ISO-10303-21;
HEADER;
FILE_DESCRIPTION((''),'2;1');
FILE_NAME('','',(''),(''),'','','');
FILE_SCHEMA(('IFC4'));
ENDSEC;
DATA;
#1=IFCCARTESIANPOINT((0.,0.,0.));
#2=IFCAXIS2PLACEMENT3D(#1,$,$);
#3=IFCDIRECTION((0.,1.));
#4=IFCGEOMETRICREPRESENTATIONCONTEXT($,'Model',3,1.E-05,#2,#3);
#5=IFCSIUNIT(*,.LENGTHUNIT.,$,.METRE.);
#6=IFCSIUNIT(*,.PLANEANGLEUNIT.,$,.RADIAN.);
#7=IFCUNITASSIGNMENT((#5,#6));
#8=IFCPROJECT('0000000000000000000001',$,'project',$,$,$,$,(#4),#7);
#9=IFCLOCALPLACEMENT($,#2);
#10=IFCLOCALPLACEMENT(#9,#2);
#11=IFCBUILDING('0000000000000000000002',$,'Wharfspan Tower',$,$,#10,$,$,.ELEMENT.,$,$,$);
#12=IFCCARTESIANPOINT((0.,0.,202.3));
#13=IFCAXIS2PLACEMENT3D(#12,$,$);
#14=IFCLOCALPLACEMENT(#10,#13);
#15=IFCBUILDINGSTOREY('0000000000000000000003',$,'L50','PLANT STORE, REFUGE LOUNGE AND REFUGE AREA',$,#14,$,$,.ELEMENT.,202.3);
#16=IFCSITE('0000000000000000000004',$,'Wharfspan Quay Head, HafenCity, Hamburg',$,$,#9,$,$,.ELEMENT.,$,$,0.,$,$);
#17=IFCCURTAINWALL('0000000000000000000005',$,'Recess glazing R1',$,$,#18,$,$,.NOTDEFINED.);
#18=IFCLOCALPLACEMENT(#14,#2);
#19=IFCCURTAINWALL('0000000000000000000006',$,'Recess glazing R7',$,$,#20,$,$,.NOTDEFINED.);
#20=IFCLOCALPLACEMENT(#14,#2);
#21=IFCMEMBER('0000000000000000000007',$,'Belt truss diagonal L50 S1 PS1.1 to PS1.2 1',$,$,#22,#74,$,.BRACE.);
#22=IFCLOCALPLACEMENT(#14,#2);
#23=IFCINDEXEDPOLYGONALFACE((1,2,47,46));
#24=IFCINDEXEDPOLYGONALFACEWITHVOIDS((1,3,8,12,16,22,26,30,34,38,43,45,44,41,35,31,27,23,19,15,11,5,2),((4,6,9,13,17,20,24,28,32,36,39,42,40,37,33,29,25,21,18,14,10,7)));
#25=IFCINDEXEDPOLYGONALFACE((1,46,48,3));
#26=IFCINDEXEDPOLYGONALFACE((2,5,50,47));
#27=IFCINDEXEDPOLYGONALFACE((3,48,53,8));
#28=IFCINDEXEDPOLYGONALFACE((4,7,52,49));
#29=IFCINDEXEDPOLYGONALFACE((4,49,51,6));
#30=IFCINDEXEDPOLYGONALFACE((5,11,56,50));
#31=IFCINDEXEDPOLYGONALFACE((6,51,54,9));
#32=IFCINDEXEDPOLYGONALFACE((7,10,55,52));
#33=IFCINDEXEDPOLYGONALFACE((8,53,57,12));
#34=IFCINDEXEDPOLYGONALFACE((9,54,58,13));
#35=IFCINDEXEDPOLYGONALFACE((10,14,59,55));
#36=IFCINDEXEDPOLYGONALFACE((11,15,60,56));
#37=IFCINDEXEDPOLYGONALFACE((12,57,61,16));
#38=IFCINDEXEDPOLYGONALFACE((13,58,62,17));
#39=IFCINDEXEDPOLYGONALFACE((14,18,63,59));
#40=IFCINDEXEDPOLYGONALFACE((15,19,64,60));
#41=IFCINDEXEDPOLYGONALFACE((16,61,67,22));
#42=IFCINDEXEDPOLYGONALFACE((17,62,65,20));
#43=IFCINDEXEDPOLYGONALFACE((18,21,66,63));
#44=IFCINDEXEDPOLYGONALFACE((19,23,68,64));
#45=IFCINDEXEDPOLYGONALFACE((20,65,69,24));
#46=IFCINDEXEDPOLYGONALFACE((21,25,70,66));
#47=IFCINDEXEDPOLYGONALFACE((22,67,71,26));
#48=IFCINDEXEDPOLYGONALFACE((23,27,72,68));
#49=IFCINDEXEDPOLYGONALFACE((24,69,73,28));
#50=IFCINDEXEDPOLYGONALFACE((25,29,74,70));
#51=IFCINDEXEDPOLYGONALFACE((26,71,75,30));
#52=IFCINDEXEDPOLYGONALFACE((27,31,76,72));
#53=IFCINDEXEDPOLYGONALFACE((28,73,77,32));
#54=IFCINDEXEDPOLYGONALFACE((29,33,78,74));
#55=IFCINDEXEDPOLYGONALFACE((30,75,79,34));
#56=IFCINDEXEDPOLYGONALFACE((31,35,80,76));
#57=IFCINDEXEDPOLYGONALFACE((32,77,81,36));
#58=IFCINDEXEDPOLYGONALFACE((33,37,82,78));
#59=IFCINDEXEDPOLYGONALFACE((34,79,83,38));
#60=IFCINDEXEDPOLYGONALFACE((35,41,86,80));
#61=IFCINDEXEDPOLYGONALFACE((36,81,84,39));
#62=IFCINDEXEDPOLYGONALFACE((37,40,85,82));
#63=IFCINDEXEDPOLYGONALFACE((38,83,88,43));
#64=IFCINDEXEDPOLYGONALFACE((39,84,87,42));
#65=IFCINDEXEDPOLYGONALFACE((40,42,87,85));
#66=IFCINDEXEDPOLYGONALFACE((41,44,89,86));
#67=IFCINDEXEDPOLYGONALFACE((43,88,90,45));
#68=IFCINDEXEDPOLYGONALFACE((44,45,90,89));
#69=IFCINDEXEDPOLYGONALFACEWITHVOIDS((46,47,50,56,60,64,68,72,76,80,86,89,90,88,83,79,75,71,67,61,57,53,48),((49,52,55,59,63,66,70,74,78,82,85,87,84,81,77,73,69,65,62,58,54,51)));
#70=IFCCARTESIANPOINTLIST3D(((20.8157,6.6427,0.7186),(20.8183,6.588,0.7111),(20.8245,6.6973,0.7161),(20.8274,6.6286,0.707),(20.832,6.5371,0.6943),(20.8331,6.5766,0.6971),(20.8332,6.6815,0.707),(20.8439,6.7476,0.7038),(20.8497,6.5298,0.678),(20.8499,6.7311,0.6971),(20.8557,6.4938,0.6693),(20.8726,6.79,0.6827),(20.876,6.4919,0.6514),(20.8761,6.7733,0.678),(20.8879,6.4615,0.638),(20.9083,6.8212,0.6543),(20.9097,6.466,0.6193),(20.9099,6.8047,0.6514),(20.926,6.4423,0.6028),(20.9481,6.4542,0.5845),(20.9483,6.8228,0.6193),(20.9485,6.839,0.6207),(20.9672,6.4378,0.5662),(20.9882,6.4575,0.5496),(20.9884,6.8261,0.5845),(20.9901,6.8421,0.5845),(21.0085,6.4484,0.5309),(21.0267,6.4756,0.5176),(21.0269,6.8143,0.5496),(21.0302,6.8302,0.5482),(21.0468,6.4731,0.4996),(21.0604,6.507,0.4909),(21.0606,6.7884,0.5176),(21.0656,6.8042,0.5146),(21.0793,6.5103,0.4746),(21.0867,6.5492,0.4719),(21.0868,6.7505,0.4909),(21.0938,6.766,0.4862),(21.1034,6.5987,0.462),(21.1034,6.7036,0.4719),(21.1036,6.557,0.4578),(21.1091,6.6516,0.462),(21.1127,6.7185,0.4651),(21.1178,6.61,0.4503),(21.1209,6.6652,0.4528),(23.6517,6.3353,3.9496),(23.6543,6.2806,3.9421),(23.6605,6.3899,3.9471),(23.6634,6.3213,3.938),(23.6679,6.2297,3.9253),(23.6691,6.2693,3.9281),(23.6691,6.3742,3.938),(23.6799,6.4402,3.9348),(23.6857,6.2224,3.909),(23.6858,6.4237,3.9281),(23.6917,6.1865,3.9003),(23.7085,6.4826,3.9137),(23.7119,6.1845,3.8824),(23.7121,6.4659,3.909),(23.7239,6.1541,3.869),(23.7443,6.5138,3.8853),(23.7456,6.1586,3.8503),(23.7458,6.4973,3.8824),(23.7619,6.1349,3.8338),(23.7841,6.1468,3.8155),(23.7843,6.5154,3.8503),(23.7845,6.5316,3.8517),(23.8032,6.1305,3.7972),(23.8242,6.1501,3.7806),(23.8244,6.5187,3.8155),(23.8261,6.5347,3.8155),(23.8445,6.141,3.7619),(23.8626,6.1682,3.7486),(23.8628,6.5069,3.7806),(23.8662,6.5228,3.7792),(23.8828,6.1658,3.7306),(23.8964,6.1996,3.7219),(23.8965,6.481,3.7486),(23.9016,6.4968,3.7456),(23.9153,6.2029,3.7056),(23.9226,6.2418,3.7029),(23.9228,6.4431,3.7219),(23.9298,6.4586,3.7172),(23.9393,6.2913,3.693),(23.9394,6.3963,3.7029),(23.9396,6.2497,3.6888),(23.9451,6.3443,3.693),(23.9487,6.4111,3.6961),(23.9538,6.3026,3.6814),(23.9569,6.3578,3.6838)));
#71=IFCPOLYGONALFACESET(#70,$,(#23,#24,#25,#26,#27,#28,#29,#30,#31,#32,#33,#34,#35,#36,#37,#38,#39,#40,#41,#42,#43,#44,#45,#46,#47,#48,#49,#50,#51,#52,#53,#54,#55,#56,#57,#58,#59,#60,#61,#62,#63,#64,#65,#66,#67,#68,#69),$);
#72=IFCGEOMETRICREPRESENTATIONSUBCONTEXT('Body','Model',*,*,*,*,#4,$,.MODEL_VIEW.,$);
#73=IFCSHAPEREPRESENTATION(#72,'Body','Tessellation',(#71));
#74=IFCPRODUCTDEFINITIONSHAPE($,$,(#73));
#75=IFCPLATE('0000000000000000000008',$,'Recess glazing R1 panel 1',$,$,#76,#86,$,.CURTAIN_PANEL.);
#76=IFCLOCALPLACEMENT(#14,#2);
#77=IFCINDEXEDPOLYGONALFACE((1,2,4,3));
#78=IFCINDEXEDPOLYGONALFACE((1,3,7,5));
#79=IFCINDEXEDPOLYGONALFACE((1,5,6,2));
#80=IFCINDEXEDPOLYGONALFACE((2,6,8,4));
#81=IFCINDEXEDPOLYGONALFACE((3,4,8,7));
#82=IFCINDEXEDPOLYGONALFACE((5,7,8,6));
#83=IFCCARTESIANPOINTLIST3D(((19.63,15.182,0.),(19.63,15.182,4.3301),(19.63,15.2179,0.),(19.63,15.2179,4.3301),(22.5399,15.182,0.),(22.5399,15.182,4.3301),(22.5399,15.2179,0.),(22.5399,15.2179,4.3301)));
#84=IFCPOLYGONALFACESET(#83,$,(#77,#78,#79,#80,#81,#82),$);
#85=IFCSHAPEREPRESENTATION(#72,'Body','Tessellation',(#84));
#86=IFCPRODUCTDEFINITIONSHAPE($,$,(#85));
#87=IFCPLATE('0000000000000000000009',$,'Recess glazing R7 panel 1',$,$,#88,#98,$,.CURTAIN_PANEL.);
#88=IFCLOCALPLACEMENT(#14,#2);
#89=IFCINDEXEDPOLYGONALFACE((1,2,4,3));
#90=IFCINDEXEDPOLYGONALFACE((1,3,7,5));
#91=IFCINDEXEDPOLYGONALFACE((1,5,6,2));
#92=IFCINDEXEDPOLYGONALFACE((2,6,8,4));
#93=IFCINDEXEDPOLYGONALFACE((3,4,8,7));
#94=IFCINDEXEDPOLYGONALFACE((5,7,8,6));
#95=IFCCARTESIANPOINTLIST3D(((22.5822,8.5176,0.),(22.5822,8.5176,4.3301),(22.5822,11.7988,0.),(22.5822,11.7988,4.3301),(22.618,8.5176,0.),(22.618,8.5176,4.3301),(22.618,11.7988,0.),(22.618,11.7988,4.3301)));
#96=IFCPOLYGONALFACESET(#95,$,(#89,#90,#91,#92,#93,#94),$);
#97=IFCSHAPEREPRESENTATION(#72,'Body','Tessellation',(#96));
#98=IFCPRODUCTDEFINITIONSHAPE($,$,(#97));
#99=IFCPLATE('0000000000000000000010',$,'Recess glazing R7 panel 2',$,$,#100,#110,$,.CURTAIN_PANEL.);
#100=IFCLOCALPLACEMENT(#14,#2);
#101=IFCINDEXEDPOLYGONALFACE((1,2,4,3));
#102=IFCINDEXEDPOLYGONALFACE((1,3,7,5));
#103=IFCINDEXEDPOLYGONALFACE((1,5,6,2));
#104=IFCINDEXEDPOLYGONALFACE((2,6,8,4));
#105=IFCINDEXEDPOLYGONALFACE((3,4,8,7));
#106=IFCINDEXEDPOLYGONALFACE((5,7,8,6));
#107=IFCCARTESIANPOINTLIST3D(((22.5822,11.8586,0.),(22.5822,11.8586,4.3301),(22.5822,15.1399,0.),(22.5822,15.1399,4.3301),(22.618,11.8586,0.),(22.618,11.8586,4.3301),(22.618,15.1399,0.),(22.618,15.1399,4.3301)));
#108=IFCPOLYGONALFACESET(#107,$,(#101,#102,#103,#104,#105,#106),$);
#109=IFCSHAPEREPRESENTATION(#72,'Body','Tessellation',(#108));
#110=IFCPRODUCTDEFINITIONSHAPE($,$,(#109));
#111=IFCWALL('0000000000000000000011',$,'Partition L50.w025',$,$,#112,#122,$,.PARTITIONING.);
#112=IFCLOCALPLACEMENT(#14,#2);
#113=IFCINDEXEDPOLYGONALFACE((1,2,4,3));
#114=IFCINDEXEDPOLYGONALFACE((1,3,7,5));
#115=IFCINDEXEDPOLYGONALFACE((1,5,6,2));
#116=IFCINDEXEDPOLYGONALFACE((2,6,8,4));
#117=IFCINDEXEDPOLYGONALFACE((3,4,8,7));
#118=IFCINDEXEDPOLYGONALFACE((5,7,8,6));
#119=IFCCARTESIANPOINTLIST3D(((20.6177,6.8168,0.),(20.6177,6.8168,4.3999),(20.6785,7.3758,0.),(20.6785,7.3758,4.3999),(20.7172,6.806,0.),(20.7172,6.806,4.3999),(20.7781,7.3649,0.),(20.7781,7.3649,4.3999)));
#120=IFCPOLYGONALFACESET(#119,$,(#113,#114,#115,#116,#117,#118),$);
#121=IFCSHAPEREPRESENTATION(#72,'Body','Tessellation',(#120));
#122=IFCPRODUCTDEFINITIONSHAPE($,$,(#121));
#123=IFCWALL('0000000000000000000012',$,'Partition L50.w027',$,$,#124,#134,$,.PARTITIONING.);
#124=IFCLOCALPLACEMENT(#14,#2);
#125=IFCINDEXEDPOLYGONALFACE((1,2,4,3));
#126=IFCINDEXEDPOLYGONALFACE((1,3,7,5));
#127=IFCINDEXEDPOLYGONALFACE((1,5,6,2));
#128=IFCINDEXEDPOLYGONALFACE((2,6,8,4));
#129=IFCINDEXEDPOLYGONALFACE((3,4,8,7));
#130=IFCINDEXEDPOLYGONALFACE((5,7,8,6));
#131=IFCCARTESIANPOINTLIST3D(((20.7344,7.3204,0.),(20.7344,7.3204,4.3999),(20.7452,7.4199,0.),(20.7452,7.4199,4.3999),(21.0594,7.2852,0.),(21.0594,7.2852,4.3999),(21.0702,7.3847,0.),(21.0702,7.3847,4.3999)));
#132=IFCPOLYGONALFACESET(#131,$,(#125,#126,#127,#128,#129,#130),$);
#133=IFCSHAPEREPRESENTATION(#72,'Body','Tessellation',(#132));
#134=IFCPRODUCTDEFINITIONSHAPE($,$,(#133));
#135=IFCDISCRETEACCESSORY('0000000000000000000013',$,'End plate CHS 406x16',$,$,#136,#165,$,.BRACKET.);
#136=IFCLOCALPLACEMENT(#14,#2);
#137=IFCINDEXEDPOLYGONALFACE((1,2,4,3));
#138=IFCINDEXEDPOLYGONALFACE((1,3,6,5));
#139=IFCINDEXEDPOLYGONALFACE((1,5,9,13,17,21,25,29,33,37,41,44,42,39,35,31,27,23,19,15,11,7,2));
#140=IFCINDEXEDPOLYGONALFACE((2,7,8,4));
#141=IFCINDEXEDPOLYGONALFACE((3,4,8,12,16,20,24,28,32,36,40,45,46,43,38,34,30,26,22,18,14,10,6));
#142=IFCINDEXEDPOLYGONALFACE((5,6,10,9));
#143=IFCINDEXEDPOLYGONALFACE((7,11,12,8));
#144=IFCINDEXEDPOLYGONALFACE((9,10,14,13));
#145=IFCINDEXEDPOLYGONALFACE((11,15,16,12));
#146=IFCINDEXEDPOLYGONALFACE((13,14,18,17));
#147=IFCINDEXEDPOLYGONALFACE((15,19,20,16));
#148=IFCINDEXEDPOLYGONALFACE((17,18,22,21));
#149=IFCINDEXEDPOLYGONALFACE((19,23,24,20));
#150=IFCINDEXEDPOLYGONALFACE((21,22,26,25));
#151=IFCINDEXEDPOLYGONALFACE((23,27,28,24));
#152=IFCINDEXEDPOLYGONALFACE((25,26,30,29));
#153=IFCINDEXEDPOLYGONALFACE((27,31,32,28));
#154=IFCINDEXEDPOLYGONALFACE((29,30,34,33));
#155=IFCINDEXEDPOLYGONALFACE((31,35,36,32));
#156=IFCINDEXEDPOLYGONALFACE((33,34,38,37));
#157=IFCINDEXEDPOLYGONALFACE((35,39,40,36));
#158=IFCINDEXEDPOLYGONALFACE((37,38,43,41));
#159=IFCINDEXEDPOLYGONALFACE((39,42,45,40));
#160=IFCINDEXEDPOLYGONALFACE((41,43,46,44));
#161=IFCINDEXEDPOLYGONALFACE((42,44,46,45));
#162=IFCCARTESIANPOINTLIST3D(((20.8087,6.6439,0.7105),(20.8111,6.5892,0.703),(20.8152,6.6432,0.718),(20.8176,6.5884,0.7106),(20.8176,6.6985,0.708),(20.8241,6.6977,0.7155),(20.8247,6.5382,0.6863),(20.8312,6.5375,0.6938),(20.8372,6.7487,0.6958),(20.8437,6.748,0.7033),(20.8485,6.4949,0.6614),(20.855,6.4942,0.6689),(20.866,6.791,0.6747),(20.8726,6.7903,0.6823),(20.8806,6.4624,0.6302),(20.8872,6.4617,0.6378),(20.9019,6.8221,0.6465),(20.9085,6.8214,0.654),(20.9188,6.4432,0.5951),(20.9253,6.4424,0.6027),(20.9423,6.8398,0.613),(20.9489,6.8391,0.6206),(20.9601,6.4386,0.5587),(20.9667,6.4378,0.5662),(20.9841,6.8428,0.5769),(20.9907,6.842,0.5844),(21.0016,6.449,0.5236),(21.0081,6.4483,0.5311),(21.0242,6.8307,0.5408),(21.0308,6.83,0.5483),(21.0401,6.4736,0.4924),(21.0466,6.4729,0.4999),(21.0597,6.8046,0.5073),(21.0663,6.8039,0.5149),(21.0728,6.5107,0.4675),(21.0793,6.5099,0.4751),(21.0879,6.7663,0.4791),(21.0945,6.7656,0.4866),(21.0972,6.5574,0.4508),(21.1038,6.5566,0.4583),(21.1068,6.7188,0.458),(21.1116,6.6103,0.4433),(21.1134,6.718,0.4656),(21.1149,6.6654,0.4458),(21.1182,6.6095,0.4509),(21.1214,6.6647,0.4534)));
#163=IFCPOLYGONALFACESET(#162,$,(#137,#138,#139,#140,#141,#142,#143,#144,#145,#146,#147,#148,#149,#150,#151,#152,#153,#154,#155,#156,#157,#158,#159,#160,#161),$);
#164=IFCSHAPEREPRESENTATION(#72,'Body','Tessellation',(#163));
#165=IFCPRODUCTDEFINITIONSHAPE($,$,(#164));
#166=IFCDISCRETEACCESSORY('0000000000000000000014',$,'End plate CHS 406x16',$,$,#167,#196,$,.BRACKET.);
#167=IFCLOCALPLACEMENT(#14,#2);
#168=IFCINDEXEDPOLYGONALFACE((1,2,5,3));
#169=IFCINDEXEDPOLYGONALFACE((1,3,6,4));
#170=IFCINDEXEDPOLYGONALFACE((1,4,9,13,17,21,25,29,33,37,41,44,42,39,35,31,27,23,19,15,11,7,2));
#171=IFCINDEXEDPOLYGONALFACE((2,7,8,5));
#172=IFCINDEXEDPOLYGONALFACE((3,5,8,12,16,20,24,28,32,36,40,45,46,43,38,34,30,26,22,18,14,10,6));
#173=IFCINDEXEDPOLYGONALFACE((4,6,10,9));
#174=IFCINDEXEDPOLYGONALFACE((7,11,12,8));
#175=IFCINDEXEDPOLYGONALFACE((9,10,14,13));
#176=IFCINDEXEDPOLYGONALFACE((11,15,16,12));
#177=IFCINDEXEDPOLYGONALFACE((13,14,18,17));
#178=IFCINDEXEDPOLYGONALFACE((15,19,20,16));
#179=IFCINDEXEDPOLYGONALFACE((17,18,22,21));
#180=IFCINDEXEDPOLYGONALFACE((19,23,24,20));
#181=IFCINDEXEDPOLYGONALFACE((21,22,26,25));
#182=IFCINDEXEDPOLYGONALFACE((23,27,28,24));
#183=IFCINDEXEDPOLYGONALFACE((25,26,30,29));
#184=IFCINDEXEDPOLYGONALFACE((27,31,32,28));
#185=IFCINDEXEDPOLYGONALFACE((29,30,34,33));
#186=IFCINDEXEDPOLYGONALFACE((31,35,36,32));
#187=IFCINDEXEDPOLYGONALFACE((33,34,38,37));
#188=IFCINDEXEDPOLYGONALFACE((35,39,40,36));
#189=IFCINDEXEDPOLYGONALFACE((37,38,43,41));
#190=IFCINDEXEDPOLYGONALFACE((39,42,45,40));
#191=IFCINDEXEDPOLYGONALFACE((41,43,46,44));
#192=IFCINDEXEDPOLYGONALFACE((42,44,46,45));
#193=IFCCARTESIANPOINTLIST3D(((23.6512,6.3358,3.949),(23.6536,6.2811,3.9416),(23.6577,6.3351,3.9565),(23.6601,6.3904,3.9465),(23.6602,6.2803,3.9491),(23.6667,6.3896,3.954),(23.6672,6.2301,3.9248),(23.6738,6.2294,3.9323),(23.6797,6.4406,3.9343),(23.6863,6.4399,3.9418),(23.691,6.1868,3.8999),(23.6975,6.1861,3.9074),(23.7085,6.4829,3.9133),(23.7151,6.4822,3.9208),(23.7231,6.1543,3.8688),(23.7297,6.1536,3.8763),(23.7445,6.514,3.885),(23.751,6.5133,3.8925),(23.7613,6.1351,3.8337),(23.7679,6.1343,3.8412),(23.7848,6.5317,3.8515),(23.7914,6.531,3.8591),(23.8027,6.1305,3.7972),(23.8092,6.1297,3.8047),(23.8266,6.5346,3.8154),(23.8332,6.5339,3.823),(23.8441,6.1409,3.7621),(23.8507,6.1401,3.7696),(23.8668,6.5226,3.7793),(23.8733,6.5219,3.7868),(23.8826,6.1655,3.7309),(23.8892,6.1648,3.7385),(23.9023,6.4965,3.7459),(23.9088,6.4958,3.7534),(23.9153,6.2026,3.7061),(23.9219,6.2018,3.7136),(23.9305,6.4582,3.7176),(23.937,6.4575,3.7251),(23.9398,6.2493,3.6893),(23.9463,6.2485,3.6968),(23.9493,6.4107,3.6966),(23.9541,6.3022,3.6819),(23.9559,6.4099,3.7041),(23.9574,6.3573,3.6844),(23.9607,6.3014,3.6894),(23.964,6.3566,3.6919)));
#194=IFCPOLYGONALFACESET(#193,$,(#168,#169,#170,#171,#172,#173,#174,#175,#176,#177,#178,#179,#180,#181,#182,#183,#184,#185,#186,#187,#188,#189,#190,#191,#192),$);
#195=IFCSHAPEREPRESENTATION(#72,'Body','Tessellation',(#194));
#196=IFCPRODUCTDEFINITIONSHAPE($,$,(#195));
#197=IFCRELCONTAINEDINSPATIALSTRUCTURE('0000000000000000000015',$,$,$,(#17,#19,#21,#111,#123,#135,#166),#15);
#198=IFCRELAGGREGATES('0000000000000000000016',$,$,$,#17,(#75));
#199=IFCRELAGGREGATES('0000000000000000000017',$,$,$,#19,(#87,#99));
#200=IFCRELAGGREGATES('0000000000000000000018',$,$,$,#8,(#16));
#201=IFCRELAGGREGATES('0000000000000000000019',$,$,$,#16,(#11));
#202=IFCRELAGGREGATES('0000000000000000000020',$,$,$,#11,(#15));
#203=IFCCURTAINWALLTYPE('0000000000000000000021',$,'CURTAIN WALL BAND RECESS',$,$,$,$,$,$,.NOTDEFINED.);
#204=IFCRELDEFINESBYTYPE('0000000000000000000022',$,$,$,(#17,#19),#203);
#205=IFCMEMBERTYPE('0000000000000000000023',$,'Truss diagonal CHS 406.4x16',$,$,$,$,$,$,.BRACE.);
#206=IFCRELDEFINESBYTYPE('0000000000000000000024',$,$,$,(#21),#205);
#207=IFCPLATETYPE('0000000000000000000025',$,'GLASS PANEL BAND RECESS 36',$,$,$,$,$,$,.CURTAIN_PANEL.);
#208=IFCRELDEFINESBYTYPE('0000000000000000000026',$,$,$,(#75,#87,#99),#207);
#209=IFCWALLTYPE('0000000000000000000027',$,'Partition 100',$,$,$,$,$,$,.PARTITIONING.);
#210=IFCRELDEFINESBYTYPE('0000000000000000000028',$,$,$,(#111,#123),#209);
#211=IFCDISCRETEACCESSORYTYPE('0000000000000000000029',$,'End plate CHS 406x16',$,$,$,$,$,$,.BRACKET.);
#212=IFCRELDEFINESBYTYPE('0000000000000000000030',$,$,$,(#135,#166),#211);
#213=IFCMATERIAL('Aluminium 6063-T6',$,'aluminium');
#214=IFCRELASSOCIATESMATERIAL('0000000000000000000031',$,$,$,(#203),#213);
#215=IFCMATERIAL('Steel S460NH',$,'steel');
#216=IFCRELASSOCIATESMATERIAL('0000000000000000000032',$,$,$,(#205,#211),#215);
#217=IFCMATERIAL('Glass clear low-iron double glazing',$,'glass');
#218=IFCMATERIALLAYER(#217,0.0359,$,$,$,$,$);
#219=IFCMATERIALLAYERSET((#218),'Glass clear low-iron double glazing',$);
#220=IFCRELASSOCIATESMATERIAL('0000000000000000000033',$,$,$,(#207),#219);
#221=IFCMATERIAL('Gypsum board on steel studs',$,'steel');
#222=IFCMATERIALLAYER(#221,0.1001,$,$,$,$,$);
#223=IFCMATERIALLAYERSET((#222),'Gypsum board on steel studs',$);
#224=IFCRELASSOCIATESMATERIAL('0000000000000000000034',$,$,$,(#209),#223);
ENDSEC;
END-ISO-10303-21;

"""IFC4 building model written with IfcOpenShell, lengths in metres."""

from ifc_helpers import new_model, si_unit, direction, frame, frame_2d, origin, origin_2d, place, context, subcontext, project, spatial, rectangle, circle, hollow_circle, extrude, material, layer, layer_set, material_profile, profile_set, type_object, element, aggregate, save


model = new_model("IFC4")

# Units and contexts
model_context = context("Model", 3, precision=1e-05, world=origin(), true_north=direction((0.0, 1.0)))
body_context = subcontext(model_context, "Body", "Model", "MODEL_VIEW")
ifc_project = project(units=[si_unit("LENGTHUNIT", "METRE"), si_unit("PLANEANGLEUNIT", "RADIAN")], contexts=[model_context])

# Site, building, storey
site_placement = place(None, origin())
site = spatial("IfcSite", under=ifc_project, at=site_placement, Name="Wharfspan Quay Head, HafenCity, Hamburg", CompositionType="ELEMENT", RefElevation=0.0)
building_placement = place(site_placement, origin())
building = spatial("IfcBuilding", under=site, at=building_placement, Name="Wharfspan Tower", CompositionType="ELEMENT")
storey_placement = place(building_placement, frame((0.0, 0.0, 202.3)))
storey = spatial("IfcBuildingStorey", under=building, at=storey_placement, Name="L50", Description="PLANT STORE, REFUGE LOUNGE AND REFUGE AREA", CompositionType="ELEMENT", Elevation=202.3)

# Curtain wall
ifc_material_1 = material(Name="Aluminium 6063-T6", Category="aluminium")
curtain_wall_type = type_object("IfcCurtainWallType", Name="CURTAIN WALL BAND RECESS", PredefinedType="NOTDEFINED", material=ifc_material_1)
curtain_wall_1_placement = place(storey_placement, origin())
curtain_wall_1 = element("IfcCurtainWall", 1, at=curtain_wall_1_placement, inside=storey, type_object=curtain_wall_type, Name="Recess glazing R1", PredefinedType="NOTDEFINED")

# Curtain wall
curtain_wall_2_placement = place(storey_placement, origin())
curtain_wall_2 = element("IfcCurtainWall", 2, at=curtain_wall_2_placement, inside=storey, type_object=curtain_wall_type, Name="Recess glazing R7", PredefinedType="NOTDEFINED")

# Member
ifc_material_2 = material(Name="Steel S460NH", Category="steel")
ifc_material_profile_1 = material_profile(ifc_material_2, hollow_circle(Radius=0.2031, WallThickness=0.0161, at=origin_2d()))
ifc_profile_set_1 = profile_set([ifc_material_profile_1], Name="Steel S460NH")
member_type_1 = type_object("IfcMemberType", Name="Truss diagonal CHS 406.4x16", PredefinedType="BRACE", material=ifc_profile_set_1)
member_1_placement = place(storey_placement, frame((20.9683, 6.6401, 0.5845), z_axis=(0.65799, -0.071316, 0.749642), x_axis=(0.107756, 0.994179, -0.000002)))
element("IfcMember", 3, at=member_1_placement, inside=storey, type_object=member_type_1, Name="Belt truss diagonal L50 S1 PS1.1 to PS1.2 1", PredefinedType="BRACE", context=body_context, shape_type="SweptSolid", body=[
    extrude(hollow_circle(Radius=0.2031, WallThickness=0.0161, at=origin_2d()), origin(), (0.0, 0.0, 1.0), 4.3101),
])

# Plates
ifc_material_3 = material(Name="Glass clear low-iron double glazing", Category="glass")
ifc_layer_1 = layer(ifc_material_3, 0.0359)
ifc_layer_set_1 = layer_set([ifc_layer_1], Name="Glass clear low-iron double glazing")
plate_type = type_object("IfcPlateType", Name="GLASS PANEL BAND RECESS 36", PredefinedType="CURTAIN_PANEL", material=ifc_layer_set_1)
plate_1_placement = place(storey_placement, frame((21.085, 15.2, 0.0), z_axis=(0.0, 0.0, 1.0), x_axis=(-1.0, 0.0, 0.0)))
plate_1 = element("IfcPlate", 4, at=plate_1_placement, type_object=plate_type, Name="Recess glazing R1 panel 1", PredefinedType="CURTAIN_PANEL", context=body_context, shape_type="SweptSolid", body=[
    extrude(rectangle(XDim=2.9099, YDim=0.0359, at=origin_2d()), origin(), (0.0, 0.0, 1.0), 4.3301),
])
aggregate(curtain_wall_1, [plate_1])
plate_2_placement = place(storey_placement, frame((22.6001, 10.1582, 0.0), z_axis=(0.0, 0.0, 1.0), x_axis=(0.0, 1.0, 0.0)))
plate_2 = element("IfcPlate", 5, at=plate_2_placement, type_object=plate_type, Name="Recess glazing R7 panel 1", PredefinedType="CURTAIN_PANEL", context=body_context, shape_type="SweptSolid", body=[
    extrude(rectangle(XDim=3.2812, YDim=0.0359, at=origin_2d()), origin(), (0.0, 0.0, 1.0), 4.3301),
])
plate_3_placement = place(storey_placement, frame((22.6001, 13.4993, 0.0), z_axis=(0.0, 0.0, 1.0), x_axis=(0.0, 1.0, 0.0)))
plate_3 = element("IfcPlate", 6, at=plate_3_placement, type_object=plate_type, Name="Recess glazing R7 panel 2", PredefinedType="CURTAIN_PANEL", context=body_context, shape_type="SweptSolid", body=[
    extrude(rectangle(XDim=3.2812, YDim=0.0359, at=origin_2d()), origin(), (0.0, 0.0, 1.0), 4.3301),
])
aggregate(curtain_wall_2, [plate_2, plate_3])

# Walls
ifc_material_4 = material(Name="Gypsum board on steel studs", Category="steel")
ifc_layer_2 = layer(ifc_material_4, 0.1001)
ifc_layer_set_2 = layer_set([ifc_layer_2], Name="Gypsum board on steel studs")
wall_type = type_object("IfcWallType", Name="Partition 100", PredefinedType="PARTITIONING", material=ifc_layer_set_2)
wall_1_placement = place(storey_placement, frame((20.6675, 6.8113, 0.0), z_axis=(0.0, 0.0, 1.0), x_axis=(0.108143, 0.994134, 0.0)))
element("IfcWall", 7, at=wall_1_placement, inside=storey, type_object=wall_type, Name="Partition L50.w025", PredefinedType="PARTITIONING", context=body_context, shape_type="SweptSolid", body=[
    extrude(rectangle(XDim=0.5623, YDim=0.1001, at=frame_2d((0.2812, 0.0))), origin(), (0.0, 0.0, 1.0), 4.3999),
])
wall_2_placement = place(storey_placement, frame((21.0649, 7.335, 0.0), z_axis=(0.0, 0.0, 1.0), x_axis=(-0.994202, 0.107562, 0.0)))
element("IfcWall", 8, at=wall_2_placement, inside=storey, type_object=wall_type, Name="Partition L50.w027", PredefinedType="PARTITIONING", context=body_context, shape_type="SweptSolid", body=[
    extrude(rectangle(XDim=0.3269, YDim=0.1001, at=frame_2d((0.1636, 0.0))), origin(), (0.0, 0.0, 1.0), 4.3999),
])

# Discrete accessories
ifc_material_profile_2 = material_profile(ifc_material_2, circle(Radius=0.2031, at=origin_2d()))
ifc_profile_set_2 = profile_set([ifc_material_profile_2], Name="Steel S460NH")
discrete_accessory_type_1 = type_object("IfcDiscreteAccessoryType", Name="End plate CHS 406x16", PredefinedType="BRACKET", material=ifc_profile_set_2)
for number, where, z_axis, x_axis, name in (
    (9, (20.9617, 6.6409, 0.5769), (0.655039, -0.072782, 0.752082), (0.11043, 0.993882, 0.000001), "End plate CHS 406x16"),
    (10, (23.8042, 6.3328, 3.8154), (0.655039, -0.072782, 0.752082), (0.11043, 0.993882, 0.000001), "End plate CHS 406x16"),
):
    element("IfcDiscreteAccessory", number, at=place(storey_placement, frame(where, z_axis=z_axis, x_axis=x_axis)), inside=storey, type_object=discrete_accessory_type_1, Name=name, PredefinedType="BRACKET", context=body_context, shape_type="SweptSolid", body=[
        extrude(circle(Radius=0.2031, at=origin_2d()), origin(), (0.0, 0.0, 1.0), 0.01),
    ])

save(model, "model.ifc")
